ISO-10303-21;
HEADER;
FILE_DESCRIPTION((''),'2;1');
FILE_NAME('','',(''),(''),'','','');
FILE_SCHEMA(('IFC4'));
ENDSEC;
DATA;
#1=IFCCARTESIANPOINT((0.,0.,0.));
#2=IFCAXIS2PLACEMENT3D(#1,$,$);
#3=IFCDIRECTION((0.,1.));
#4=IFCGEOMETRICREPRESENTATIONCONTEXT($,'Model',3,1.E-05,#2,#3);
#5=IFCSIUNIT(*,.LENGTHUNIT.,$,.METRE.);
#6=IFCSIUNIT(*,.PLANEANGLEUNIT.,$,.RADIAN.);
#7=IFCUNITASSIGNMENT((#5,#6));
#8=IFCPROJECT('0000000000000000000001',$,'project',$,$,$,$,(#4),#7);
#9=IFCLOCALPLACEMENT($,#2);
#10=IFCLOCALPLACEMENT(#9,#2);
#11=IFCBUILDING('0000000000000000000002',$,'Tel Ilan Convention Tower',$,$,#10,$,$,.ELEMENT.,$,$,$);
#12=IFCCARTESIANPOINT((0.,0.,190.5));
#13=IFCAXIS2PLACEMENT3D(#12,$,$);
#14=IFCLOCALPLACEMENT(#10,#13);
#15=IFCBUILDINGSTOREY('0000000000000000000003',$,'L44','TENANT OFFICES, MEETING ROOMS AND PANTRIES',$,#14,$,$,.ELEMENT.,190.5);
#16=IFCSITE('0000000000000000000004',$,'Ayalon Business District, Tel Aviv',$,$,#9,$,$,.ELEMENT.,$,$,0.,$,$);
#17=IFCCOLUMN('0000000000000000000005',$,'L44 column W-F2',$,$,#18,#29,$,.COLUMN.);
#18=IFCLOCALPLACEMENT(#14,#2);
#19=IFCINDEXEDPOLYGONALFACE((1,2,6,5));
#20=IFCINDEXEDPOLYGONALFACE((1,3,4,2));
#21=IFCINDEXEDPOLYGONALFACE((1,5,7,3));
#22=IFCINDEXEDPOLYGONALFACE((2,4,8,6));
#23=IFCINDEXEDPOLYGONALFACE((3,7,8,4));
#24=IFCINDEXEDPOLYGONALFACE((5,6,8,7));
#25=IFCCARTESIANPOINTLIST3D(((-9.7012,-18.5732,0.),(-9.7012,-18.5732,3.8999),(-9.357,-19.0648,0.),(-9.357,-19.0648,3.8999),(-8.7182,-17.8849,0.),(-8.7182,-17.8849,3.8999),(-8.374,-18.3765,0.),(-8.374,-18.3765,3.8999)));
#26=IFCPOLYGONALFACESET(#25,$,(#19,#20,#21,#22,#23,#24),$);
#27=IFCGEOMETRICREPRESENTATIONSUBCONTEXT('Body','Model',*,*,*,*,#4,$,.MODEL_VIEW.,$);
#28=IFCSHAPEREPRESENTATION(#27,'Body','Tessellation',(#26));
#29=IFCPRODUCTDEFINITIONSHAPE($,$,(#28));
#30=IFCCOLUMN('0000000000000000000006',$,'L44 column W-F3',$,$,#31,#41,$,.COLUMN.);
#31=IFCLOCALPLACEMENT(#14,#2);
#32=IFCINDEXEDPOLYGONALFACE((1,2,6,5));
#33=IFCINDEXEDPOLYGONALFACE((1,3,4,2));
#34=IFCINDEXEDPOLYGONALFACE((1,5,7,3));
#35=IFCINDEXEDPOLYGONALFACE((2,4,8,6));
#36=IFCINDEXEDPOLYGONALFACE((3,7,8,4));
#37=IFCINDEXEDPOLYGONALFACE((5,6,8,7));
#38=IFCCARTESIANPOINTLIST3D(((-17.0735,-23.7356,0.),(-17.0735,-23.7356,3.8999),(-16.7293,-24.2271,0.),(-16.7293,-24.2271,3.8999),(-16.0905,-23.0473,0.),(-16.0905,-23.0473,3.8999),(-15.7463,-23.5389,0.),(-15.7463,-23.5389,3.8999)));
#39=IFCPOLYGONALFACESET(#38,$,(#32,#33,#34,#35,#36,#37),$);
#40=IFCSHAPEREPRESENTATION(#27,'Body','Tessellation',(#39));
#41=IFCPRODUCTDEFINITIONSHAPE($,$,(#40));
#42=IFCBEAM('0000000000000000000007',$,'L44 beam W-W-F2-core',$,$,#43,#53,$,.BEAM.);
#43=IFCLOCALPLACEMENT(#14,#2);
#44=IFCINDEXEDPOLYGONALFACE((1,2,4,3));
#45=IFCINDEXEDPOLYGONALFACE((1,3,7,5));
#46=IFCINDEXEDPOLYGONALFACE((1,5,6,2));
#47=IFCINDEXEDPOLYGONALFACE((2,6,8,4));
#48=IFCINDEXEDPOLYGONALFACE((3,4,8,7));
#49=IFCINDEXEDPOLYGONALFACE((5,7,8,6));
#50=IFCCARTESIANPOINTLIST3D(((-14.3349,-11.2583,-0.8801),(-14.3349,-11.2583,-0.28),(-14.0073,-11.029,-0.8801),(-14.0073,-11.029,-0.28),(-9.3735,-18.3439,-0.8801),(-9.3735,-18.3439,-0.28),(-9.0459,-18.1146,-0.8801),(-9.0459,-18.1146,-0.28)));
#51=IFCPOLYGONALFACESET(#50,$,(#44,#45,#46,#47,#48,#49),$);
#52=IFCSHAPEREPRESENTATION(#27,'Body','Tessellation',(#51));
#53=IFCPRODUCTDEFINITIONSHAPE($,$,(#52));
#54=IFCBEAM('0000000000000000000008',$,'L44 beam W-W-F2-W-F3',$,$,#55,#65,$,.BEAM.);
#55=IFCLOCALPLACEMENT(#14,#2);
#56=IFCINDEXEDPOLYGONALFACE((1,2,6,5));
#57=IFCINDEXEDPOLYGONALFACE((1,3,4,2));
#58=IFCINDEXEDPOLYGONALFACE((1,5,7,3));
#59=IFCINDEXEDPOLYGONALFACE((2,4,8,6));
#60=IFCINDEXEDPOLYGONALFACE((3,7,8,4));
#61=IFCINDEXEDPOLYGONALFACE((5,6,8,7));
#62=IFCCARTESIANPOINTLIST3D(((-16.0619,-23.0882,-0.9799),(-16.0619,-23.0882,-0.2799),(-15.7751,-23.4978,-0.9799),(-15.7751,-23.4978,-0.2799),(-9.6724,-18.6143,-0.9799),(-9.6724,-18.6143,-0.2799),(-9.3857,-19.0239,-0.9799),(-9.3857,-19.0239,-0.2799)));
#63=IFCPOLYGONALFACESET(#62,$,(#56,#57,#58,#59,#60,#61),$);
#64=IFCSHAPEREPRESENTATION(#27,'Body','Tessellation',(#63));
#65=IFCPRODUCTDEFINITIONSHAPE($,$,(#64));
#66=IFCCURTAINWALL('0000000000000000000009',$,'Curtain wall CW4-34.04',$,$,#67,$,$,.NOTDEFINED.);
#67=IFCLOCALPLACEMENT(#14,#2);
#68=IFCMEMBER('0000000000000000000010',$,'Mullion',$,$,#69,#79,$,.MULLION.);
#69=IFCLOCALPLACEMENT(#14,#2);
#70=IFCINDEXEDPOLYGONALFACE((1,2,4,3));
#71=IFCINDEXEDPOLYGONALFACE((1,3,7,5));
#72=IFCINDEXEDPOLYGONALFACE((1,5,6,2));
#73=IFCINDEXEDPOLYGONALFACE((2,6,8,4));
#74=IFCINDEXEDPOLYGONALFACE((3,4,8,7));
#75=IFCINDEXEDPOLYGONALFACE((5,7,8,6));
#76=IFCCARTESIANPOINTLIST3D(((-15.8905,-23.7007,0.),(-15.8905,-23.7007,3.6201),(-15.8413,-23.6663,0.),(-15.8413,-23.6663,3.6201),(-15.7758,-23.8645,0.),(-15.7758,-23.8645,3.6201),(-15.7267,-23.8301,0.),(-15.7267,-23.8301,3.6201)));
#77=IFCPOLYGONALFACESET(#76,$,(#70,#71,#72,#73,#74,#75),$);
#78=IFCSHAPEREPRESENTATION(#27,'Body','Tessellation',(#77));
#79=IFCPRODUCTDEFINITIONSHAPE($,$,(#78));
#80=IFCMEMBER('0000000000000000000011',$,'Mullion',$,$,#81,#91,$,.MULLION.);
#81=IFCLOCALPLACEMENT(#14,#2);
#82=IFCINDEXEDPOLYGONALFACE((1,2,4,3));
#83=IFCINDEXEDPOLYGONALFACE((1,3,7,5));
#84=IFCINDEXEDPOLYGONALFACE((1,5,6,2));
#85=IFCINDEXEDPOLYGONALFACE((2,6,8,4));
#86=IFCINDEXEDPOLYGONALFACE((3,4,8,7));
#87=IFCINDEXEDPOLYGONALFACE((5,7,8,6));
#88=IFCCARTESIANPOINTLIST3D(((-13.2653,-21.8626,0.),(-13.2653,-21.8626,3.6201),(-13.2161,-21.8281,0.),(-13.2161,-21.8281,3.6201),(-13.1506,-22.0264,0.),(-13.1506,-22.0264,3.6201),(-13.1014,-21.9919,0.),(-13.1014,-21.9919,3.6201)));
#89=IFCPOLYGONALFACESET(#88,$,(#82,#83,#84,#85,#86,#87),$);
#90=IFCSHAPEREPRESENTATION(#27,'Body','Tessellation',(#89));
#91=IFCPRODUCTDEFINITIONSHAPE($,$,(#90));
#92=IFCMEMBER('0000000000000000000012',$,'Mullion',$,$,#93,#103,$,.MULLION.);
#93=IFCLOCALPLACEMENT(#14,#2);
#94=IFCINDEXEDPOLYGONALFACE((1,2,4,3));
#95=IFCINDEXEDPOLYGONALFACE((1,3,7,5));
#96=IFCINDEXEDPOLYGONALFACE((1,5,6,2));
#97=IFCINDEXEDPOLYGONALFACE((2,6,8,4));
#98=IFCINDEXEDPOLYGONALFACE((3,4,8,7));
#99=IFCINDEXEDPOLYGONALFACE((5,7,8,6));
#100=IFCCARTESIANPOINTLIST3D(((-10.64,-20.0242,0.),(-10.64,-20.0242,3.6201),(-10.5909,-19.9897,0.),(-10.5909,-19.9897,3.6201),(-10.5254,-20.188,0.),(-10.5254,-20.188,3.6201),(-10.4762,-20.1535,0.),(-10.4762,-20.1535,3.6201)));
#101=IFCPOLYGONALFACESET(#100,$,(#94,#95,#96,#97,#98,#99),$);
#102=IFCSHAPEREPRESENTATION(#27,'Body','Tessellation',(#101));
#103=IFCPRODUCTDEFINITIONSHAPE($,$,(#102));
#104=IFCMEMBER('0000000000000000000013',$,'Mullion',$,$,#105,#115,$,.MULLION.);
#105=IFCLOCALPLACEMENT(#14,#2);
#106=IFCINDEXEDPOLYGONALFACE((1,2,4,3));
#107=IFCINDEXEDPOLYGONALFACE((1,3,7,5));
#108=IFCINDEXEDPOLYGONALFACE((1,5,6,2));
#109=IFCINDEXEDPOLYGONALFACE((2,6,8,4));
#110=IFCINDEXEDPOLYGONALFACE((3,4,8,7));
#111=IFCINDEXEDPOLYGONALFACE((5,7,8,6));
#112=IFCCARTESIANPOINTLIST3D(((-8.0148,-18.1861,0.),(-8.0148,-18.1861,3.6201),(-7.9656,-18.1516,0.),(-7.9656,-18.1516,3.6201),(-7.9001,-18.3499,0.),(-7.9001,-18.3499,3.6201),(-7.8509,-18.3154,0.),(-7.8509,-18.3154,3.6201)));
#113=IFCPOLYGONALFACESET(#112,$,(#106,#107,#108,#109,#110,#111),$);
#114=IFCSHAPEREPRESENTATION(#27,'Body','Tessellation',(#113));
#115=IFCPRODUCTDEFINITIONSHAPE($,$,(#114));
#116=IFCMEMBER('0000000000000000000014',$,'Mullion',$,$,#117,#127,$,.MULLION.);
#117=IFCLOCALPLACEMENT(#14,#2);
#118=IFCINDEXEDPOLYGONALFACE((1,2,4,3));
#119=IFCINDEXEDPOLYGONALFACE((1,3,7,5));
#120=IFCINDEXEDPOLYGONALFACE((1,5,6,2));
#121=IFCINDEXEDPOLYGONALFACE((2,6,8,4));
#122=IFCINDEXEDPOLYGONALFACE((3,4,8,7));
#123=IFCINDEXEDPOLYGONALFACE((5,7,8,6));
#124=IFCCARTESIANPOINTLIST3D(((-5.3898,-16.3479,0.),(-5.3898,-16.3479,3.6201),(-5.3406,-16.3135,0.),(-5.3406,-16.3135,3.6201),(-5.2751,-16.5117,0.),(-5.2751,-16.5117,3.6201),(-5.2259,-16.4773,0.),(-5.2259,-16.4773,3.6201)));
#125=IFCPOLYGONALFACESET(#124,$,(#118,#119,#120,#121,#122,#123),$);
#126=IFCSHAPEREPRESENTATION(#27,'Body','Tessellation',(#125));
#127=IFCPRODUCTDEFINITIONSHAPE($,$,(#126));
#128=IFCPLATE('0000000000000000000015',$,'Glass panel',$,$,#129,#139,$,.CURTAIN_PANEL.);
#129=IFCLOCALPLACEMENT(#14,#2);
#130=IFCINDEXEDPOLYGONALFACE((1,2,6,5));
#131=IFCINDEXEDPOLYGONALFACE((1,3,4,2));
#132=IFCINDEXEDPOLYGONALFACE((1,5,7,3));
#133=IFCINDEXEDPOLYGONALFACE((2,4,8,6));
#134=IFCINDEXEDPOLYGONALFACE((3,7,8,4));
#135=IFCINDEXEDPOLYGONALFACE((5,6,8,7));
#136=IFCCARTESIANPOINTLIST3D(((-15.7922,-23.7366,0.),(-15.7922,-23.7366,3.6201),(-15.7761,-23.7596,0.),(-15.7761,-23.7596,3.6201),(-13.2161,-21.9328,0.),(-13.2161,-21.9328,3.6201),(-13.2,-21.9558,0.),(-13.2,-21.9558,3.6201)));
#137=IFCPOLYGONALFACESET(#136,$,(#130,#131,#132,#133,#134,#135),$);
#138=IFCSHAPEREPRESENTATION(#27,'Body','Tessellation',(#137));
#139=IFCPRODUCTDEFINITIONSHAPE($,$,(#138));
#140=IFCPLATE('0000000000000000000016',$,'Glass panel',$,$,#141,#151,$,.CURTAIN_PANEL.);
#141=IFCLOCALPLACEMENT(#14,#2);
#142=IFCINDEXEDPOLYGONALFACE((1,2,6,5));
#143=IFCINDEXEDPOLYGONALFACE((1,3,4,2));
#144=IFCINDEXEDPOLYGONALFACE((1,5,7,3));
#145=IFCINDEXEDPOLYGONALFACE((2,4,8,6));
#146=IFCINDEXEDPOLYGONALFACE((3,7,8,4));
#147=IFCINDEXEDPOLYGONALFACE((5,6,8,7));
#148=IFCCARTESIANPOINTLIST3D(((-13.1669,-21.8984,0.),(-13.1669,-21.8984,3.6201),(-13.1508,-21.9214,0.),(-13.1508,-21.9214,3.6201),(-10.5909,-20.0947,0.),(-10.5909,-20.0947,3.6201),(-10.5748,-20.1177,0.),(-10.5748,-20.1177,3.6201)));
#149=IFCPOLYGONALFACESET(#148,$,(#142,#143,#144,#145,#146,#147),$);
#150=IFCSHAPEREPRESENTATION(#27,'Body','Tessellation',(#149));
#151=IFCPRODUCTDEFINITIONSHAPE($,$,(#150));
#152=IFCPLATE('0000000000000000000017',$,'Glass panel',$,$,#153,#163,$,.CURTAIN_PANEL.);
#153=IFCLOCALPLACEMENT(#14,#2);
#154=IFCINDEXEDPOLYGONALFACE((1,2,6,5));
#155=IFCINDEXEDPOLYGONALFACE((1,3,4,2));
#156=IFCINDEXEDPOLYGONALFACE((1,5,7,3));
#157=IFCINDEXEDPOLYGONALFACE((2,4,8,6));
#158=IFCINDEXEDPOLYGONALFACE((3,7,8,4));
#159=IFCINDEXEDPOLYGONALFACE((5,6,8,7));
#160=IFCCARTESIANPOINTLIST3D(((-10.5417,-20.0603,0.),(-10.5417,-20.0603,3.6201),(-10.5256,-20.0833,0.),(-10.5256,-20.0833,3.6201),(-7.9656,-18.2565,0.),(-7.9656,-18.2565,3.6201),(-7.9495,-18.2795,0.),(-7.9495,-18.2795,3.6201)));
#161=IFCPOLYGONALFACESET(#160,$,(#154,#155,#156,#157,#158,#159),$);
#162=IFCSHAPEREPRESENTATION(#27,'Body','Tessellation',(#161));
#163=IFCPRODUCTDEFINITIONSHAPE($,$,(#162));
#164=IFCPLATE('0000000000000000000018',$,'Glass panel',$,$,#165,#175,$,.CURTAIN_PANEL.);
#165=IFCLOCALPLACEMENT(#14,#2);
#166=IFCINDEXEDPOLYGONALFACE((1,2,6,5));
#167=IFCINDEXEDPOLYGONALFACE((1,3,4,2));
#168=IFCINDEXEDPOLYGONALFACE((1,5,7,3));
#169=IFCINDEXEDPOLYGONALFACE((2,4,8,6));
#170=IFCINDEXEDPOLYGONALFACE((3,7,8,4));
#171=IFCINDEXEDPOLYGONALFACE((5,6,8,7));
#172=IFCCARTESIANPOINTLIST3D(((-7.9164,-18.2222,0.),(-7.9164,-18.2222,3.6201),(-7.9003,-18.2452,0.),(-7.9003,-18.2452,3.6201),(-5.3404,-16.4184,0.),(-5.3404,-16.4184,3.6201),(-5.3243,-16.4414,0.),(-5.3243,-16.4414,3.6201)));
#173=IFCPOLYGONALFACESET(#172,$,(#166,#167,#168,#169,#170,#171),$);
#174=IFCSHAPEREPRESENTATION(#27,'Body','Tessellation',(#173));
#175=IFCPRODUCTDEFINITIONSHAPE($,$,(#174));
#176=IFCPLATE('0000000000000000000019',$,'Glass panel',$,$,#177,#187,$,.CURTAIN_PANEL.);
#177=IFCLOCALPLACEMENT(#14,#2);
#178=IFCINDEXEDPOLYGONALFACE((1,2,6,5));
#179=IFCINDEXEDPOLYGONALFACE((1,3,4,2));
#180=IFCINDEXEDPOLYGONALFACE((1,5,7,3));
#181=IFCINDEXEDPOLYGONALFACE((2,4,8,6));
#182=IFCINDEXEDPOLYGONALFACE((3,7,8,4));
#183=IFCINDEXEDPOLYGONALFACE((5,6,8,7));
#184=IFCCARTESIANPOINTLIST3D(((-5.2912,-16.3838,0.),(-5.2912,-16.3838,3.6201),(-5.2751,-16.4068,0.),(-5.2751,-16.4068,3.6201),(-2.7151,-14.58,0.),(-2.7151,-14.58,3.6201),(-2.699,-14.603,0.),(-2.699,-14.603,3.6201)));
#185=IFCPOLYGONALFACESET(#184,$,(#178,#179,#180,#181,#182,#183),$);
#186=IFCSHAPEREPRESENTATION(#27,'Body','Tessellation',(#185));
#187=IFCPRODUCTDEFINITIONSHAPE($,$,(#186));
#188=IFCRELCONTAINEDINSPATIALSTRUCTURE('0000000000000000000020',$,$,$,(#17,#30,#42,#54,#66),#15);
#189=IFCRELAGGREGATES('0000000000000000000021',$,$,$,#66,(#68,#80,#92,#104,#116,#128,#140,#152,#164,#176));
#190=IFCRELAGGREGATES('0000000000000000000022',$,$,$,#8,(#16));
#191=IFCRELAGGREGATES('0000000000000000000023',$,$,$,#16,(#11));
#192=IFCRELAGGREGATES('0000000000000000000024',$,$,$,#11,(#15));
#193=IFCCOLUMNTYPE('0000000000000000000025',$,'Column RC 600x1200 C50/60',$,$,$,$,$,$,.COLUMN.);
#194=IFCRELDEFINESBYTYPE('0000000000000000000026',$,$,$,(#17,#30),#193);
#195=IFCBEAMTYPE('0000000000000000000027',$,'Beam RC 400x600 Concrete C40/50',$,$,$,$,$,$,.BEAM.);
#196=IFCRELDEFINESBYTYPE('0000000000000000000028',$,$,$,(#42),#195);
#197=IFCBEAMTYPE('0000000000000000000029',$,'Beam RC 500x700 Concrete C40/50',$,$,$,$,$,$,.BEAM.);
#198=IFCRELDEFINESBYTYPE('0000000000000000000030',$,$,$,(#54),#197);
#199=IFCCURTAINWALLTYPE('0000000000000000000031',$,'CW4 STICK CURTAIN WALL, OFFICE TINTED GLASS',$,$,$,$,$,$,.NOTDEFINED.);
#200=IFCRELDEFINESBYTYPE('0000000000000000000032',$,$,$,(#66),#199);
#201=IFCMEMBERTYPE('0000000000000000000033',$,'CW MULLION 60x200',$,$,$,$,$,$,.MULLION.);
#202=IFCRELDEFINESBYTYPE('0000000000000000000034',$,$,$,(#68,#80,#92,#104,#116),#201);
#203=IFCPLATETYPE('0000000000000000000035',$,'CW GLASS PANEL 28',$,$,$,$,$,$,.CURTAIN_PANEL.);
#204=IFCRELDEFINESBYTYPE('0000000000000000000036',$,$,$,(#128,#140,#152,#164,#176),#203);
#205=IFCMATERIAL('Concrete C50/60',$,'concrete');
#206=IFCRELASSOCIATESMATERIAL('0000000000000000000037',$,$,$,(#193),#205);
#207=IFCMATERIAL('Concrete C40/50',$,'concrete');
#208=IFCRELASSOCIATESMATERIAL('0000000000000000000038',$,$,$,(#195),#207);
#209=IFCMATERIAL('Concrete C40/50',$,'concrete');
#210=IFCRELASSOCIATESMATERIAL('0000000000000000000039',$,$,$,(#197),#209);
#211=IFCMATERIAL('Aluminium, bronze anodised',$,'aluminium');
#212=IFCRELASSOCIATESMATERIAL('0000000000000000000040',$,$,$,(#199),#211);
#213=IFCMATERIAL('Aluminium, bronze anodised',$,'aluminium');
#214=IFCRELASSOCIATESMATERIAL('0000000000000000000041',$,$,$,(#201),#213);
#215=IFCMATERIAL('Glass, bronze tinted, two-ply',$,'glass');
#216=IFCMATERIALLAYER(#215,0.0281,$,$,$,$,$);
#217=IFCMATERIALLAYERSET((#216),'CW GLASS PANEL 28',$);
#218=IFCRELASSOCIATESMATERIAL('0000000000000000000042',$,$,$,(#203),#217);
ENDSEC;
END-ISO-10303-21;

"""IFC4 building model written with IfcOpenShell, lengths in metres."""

from ifc_helpers import new_model, si_unit, direction, frame, origin, origin_2d, place, context, subcontext, project, spatial, rectangle, extrude, material, layer, layer_set, material_profile, profile_set, type_object, element, aggregate, save


model = new_model("IFC4")

# Units and contexts
model_context = context("Model", 3, precision=1e-05, world=origin(), true_north=direction((0.0, 1.0)))
body_context = subcontext(model_context, "Body", "Model", "MODEL_VIEW")
ifc_project = project(units=[si_unit("LENGTHUNIT", "METRE"), si_unit("PLANEANGLEUNIT", "RADIAN")], contexts=[model_context])

# Site, building, storey
site_placement = place(None, origin())
site = spatial("IfcSite", under=ifc_project, at=site_placement, Name="Ayalon Business District, Tel Aviv", CompositionType="ELEMENT", RefElevation=0.0)
building_placement = place(site_placement, origin())
building = spatial("IfcBuilding", under=site, at=building_placement, Name="Tel Ilan Convention Tower", CompositionType="ELEMENT")
storey_placement = place(building_placement, frame((0.0, 0.0, 190.5)))
storey = spatial("IfcBuildingStorey", under=building, at=storey_placement, Name="L44", Description="TENANT OFFICES, MEETING ROOMS AND PANTRIES", CompositionType="ELEMENT", Elevation=190.5)

# Columns
ifc_material_1 = material(Name="Concrete C50/60", Category="concrete")
ifc_material_profile_1 = material_profile(ifc_material_1, rectangle(XDim=1.2, YDim=0.6001, at=origin_2d()), Name="RC 600x1200")
ifc_profile_set_1 = profile_set([ifc_material_profile_1], Name="Concrete C50/60")
column_type = type_object("IfcColumnType", Name="Column RC 600x1200 C50/60", PredefinedType="COLUMN", material=ifc_profile_set_1)
for number, where, z_axis, x_axis, name in (
    (1, (-9.0376, -18.4749, 0.0), (0.0, 0.0, 1.0), (-0.819152, -0.573576, 0.0), "L44 column W-F2"),
    (2, (-16.4099, -23.6372, 0.0), (0.0, 0.0, 1.0), (-0.819152, -0.573576, 0.0), "L44 column W-F3"),
):
    element("IfcColumn", number, at=place(storey_placement, frame(where, z_axis=z_axis, x_axis=x_axis)), inside=storey, type_object=column_type, Name=name, PredefinedType="COLUMN", context=body_context, shape_type="SweptSolid", body=[
        extrude(rectangle(XDim=1.2, YDim=0.6001, at=origin_2d()), origin(), (0.0, 0.0, 1.0), 3.8999),
    ])

# Beams
ifc_material_2 = material(Name="Concrete C40/50", Category="concrete")
ifc_material_profile_2 = material_profile(ifc_material_2, rectangle(XDim=0.3999, YDim=0.6001, at=origin_2d()), Name="RC 400x600")
ifc_profile_set_2 = profile_set([ifc_material_profile_2], Name="Concrete C40/50")
beam_type_1 = type_object("IfcBeamType", Name="Beam RC 400x600 Concrete C40/50", PredefinedType="BEAM", material=ifc_profile_set_2)
beam_1_placement = place(storey_placement, frame((-9.2097, -18.2292, -0.5801), z_axis=(-0.573574, 0.819154, 0.0), x_axis=(-0.819154, -0.573574, 0.0)))
element("IfcBeam", 3, at=beam_1_placement, inside=storey, type_object=beam_type_1, Name="L44 beam W-W-F2-core", PredefinedType="BEAM", context=body_context, shape_type="SweptSolid", body=[
    extrude(rectangle(XDim=0.3999, YDim=0.6001, at=origin_2d()), origin(), (0.0, 0.0, 1.0), 8.6499),
])
ifc_material_3 = material(Name="Concrete C40/50", Category="concrete")
ifc_material_profile_3 = material_profile(ifc_material_3, rectangle(XDim=0.5, YDim=0.7, at=origin_2d()), Name="RC 500x700")
ifc_profile_set_3 = profile_set([ifc_material_profile_3], Name="Concrete C40/50")
beam_type_2 = type_object("IfcBeamType", Name="Beam RC 500x700 Concrete C40/50", PredefinedType="BEAM", material=ifc_profile_set_3)
beam_2_placement = place(storey_placement, frame((-9.5291, -18.8191, -0.6299), z_axis=(-0.819154, -0.573574, 0.0), x_axis=(0.573574, -0.819154, 0.0)))
element("IfcBeam", 4, at=beam_2_placement, inside=storey, type_object=beam_type_2, Name="L44 beam W-W-F2-W-F3", PredefinedType="BEAM", context=body_context, shape_type="SweptSolid", body=[
    extrude(rectangle(XDim=0.5, YDim=0.7, at=origin_2d()), origin(), (0.0, 0.0, 1.0), 7.8),
])

# Curtain wall, members, plates
ifc_material_4 = material(Name="Aluminium, bronze anodised", Category="aluminium")
curtain_wall_type = type_object("IfcCurtainWallType", Name="CW4 STICK CURTAIN WALL, OFFICE TINTED GLASS", PredefinedType="NOTDEFINED", material=ifc_material_4)
curtain_wall_placement = place(storey_placement, origin())
curtain_wall = element("IfcCurtainWall", 5, at=curtain_wall_placement, inside=storey, type_object=curtain_wall_type, Name="Curtain wall CW4-34.04", PredefinedType="NOTDEFINED")
ifc_material_5 = material(Name="Aluminium, bronze anodised", Category="aluminium")
ifc_material_profile_4 = material_profile(ifc_material_5, rectangle(XDim=0.0601, YDim=0.2, at=origin_2d()), Name="CW MULLION 60x200")
ifc_profile_set_4 = profile_set([ifc_material_profile_4], Name="Aluminium, bronze anodised")
member_type = type_object("IfcMemberType", Name="CW MULLION 60x200", PredefinedType="MULLION", material=ifc_profile_set_4)
member_1_placement = place(storey_placement, frame((-15.8086, -23.7654, 0.0), z_axis=(0.0, 0.0, 1.0), x_axis=(0.819152, 0.573576, 0.0)))
member_1 = element("IfcMember", 6, at=member_1_placement, type_object=member_type, Name="Mullion", PredefinedType="MULLION", context=body_context, shape_type="SweptSolid", body=[
    extrude(rectangle(XDim=0.0601, YDim=0.2, at=origin_2d()), origin(), (0.0, 0.0, 1.0), 3.6201),
])
member_2_placement = place(storey_placement, frame((-13.1833, -21.9272, 0.0), z_axis=(0.0, 0.0, 1.0), x_axis=(0.819152, 0.573576, 0.0)))
member_2 = element("IfcMember", 7, at=member_2_placement, type_object=member_type, Name="Mullion", PredefinedType="MULLION", context=body_context, shape_type="SweptSolid", body=[
    extrude(rectangle(XDim=0.0601, YDim=0.2, at=origin_2d()), origin(), (0.0, 0.0, 1.0), 3.6201),
])
member_3_placement = place(storey_placement, frame((-10.5581, -20.0889, 0.0), z_axis=(0.0, 0.0, 1.0), x_axis=(0.819152, 0.573576, 0.0)))
member_3 = element("IfcMember", 8, at=member_3_placement, type_object=member_type, Name="Mullion", PredefinedType="MULLION", context=body_context, shape_type="SweptSolid", body=[
    extrude(rectangle(XDim=0.0601, YDim=0.2, at=origin_2d()), origin(), (0.0, 0.0, 1.0), 3.6201),
])
member_4_placement = place(storey_placement, frame((-7.9329, -18.2507, 0.0), z_axis=(0.0, 0.0, 1.0), x_axis=(0.819152, 0.573576, 0.0)))
member_4 = element("IfcMember", 9, at=member_4_placement, type_object=member_type, Name="Mullion", PredefinedType="MULLION", context=body_context, shape_type="SweptSolid", body=[
    extrude(rectangle(XDim=0.0601, YDim=0.2, at=origin_2d()), origin(), (0.0, 0.0, 1.0), 3.6201),
])
member_5_placement = place(storey_placement, frame((-5.3079, -16.4126, 0.0), z_axis=(0.0, 0.0, 1.0), x_axis=(0.819152, 0.573576, 0.0)))
member_5 = element("IfcMember", 10, at=member_5_placement, type_object=member_type, Name="Mullion", PredefinedType="MULLION", context=body_context, shape_type="SweptSolid", body=[
    extrude(rectangle(XDim=0.0601, YDim=0.2, at=origin_2d()), origin(), (0.0, 0.0, 1.0), 3.6201),
])
ifc_material_6 = material(Name="Glass, bronze tinted, two-ply", Category="glass")
ifc_layer_1 = layer(ifc_material_6, 0.0281)
ifc_layer_set_1 = layer_set([ifc_layer_1], Name="CW GLASS PANEL 28")
plate_type = type_object("IfcPlateType", Name="CW GLASS PANEL 28", PredefinedType="CURTAIN_PANEL", material=ifc_layer_set_1)
plate_1_placement = place(storey_placement, frame((-14.4961, -22.8462, 0.0), z_axis=(0.0, 0.0, 1.0), x_axis=(0.819152, 0.573576, 0.0)))
plate_1 = element("IfcPlate", 11, at=plate_1_placement, type_object=plate_type, Name="Glass panel", PredefinedType="CURTAIN_PANEL", context=body_context, shape_type="SweptSolid", body=[
    extrude(rectangle(XDim=3.1448, YDim=0.0281, at=origin_2d()), origin(), (0.0, 0.0, 1.0), 3.6201),
])
plate_2_placement = place(storey_placement, frame((-11.8708, -21.0081, 0.0), z_axis=(0.0, 0.0, 1.0), x_axis=(0.819152, 0.573576, 0.0)))
plate_2 = element("IfcPlate", 12, at=plate_2_placement, type_object=plate_type, Name="Glass panel", PredefinedType="CURTAIN_PANEL", context=body_context, shape_type="SweptSolid", body=[
    extrude(rectangle(XDim=3.1448, YDim=0.0281, at=origin_2d()), origin(), (0.0, 0.0, 1.0), 3.6201),
])
plate_3_placement = place(storey_placement, frame((-9.2456, -19.1699, 0.0), z_axis=(0.0, 0.0, 1.0), x_axis=(0.819152, 0.573576, 0.0)))
plate_3 = element("IfcPlate", 13, at=plate_3_placement, type_object=plate_type, Name="Glass panel", PredefinedType="CURTAIN_PANEL", context=body_context, shape_type="SweptSolid", body=[
    extrude(rectangle(XDim=3.1448, YDim=0.0281, at=origin_2d()), origin(), (0.0, 0.0, 1.0), 3.6201),
])
plate_4_placement = place(storey_placement, frame((-6.6204, -17.3318, 0.0), z_axis=(0.0, 0.0, 1.0), x_axis=(0.819152, 0.573576, 0.0)))
plate_4 = element("IfcPlate", 14, at=plate_4_placement, type_object=plate_type, Name="Glass panel", PredefinedType="CURTAIN_PANEL", context=body_context, shape_type="SweptSolid", body=[
    extrude(rectangle(XDim=3.1448, YDim=0.0281, at=origin_2d()), origin(), (0.0, 0.0, 1.0), 3.6201),
])
plate_5_placement = place(storey_placement, frame((-3.9951, -15.4934, 0.0), z_axis=(0.0, 0.0, 1.0), x_axis=(0.819152, 0.573576, 0.0)))
plate_5 = element("IfcPlate", 15, at=plate_5_placement, type_object=plate_type, Name="Glass panel", PredefinedType="CURTAIN_PANEL", context=body_context, shape_type="SweptSolid", body=[
    extrude(rectangle(XDim=3.1448, YDim=0.0281, at=origin_2d()), origin(), (0.0, 0.0, 1.0), 3.6201),
])
aggregate(curtain_wall, [member_1, member_2, member_3, member_4, member_5, plate_1, plate_2, plate_3, plate_4, plate_5])

save(model, "model.ifc")
